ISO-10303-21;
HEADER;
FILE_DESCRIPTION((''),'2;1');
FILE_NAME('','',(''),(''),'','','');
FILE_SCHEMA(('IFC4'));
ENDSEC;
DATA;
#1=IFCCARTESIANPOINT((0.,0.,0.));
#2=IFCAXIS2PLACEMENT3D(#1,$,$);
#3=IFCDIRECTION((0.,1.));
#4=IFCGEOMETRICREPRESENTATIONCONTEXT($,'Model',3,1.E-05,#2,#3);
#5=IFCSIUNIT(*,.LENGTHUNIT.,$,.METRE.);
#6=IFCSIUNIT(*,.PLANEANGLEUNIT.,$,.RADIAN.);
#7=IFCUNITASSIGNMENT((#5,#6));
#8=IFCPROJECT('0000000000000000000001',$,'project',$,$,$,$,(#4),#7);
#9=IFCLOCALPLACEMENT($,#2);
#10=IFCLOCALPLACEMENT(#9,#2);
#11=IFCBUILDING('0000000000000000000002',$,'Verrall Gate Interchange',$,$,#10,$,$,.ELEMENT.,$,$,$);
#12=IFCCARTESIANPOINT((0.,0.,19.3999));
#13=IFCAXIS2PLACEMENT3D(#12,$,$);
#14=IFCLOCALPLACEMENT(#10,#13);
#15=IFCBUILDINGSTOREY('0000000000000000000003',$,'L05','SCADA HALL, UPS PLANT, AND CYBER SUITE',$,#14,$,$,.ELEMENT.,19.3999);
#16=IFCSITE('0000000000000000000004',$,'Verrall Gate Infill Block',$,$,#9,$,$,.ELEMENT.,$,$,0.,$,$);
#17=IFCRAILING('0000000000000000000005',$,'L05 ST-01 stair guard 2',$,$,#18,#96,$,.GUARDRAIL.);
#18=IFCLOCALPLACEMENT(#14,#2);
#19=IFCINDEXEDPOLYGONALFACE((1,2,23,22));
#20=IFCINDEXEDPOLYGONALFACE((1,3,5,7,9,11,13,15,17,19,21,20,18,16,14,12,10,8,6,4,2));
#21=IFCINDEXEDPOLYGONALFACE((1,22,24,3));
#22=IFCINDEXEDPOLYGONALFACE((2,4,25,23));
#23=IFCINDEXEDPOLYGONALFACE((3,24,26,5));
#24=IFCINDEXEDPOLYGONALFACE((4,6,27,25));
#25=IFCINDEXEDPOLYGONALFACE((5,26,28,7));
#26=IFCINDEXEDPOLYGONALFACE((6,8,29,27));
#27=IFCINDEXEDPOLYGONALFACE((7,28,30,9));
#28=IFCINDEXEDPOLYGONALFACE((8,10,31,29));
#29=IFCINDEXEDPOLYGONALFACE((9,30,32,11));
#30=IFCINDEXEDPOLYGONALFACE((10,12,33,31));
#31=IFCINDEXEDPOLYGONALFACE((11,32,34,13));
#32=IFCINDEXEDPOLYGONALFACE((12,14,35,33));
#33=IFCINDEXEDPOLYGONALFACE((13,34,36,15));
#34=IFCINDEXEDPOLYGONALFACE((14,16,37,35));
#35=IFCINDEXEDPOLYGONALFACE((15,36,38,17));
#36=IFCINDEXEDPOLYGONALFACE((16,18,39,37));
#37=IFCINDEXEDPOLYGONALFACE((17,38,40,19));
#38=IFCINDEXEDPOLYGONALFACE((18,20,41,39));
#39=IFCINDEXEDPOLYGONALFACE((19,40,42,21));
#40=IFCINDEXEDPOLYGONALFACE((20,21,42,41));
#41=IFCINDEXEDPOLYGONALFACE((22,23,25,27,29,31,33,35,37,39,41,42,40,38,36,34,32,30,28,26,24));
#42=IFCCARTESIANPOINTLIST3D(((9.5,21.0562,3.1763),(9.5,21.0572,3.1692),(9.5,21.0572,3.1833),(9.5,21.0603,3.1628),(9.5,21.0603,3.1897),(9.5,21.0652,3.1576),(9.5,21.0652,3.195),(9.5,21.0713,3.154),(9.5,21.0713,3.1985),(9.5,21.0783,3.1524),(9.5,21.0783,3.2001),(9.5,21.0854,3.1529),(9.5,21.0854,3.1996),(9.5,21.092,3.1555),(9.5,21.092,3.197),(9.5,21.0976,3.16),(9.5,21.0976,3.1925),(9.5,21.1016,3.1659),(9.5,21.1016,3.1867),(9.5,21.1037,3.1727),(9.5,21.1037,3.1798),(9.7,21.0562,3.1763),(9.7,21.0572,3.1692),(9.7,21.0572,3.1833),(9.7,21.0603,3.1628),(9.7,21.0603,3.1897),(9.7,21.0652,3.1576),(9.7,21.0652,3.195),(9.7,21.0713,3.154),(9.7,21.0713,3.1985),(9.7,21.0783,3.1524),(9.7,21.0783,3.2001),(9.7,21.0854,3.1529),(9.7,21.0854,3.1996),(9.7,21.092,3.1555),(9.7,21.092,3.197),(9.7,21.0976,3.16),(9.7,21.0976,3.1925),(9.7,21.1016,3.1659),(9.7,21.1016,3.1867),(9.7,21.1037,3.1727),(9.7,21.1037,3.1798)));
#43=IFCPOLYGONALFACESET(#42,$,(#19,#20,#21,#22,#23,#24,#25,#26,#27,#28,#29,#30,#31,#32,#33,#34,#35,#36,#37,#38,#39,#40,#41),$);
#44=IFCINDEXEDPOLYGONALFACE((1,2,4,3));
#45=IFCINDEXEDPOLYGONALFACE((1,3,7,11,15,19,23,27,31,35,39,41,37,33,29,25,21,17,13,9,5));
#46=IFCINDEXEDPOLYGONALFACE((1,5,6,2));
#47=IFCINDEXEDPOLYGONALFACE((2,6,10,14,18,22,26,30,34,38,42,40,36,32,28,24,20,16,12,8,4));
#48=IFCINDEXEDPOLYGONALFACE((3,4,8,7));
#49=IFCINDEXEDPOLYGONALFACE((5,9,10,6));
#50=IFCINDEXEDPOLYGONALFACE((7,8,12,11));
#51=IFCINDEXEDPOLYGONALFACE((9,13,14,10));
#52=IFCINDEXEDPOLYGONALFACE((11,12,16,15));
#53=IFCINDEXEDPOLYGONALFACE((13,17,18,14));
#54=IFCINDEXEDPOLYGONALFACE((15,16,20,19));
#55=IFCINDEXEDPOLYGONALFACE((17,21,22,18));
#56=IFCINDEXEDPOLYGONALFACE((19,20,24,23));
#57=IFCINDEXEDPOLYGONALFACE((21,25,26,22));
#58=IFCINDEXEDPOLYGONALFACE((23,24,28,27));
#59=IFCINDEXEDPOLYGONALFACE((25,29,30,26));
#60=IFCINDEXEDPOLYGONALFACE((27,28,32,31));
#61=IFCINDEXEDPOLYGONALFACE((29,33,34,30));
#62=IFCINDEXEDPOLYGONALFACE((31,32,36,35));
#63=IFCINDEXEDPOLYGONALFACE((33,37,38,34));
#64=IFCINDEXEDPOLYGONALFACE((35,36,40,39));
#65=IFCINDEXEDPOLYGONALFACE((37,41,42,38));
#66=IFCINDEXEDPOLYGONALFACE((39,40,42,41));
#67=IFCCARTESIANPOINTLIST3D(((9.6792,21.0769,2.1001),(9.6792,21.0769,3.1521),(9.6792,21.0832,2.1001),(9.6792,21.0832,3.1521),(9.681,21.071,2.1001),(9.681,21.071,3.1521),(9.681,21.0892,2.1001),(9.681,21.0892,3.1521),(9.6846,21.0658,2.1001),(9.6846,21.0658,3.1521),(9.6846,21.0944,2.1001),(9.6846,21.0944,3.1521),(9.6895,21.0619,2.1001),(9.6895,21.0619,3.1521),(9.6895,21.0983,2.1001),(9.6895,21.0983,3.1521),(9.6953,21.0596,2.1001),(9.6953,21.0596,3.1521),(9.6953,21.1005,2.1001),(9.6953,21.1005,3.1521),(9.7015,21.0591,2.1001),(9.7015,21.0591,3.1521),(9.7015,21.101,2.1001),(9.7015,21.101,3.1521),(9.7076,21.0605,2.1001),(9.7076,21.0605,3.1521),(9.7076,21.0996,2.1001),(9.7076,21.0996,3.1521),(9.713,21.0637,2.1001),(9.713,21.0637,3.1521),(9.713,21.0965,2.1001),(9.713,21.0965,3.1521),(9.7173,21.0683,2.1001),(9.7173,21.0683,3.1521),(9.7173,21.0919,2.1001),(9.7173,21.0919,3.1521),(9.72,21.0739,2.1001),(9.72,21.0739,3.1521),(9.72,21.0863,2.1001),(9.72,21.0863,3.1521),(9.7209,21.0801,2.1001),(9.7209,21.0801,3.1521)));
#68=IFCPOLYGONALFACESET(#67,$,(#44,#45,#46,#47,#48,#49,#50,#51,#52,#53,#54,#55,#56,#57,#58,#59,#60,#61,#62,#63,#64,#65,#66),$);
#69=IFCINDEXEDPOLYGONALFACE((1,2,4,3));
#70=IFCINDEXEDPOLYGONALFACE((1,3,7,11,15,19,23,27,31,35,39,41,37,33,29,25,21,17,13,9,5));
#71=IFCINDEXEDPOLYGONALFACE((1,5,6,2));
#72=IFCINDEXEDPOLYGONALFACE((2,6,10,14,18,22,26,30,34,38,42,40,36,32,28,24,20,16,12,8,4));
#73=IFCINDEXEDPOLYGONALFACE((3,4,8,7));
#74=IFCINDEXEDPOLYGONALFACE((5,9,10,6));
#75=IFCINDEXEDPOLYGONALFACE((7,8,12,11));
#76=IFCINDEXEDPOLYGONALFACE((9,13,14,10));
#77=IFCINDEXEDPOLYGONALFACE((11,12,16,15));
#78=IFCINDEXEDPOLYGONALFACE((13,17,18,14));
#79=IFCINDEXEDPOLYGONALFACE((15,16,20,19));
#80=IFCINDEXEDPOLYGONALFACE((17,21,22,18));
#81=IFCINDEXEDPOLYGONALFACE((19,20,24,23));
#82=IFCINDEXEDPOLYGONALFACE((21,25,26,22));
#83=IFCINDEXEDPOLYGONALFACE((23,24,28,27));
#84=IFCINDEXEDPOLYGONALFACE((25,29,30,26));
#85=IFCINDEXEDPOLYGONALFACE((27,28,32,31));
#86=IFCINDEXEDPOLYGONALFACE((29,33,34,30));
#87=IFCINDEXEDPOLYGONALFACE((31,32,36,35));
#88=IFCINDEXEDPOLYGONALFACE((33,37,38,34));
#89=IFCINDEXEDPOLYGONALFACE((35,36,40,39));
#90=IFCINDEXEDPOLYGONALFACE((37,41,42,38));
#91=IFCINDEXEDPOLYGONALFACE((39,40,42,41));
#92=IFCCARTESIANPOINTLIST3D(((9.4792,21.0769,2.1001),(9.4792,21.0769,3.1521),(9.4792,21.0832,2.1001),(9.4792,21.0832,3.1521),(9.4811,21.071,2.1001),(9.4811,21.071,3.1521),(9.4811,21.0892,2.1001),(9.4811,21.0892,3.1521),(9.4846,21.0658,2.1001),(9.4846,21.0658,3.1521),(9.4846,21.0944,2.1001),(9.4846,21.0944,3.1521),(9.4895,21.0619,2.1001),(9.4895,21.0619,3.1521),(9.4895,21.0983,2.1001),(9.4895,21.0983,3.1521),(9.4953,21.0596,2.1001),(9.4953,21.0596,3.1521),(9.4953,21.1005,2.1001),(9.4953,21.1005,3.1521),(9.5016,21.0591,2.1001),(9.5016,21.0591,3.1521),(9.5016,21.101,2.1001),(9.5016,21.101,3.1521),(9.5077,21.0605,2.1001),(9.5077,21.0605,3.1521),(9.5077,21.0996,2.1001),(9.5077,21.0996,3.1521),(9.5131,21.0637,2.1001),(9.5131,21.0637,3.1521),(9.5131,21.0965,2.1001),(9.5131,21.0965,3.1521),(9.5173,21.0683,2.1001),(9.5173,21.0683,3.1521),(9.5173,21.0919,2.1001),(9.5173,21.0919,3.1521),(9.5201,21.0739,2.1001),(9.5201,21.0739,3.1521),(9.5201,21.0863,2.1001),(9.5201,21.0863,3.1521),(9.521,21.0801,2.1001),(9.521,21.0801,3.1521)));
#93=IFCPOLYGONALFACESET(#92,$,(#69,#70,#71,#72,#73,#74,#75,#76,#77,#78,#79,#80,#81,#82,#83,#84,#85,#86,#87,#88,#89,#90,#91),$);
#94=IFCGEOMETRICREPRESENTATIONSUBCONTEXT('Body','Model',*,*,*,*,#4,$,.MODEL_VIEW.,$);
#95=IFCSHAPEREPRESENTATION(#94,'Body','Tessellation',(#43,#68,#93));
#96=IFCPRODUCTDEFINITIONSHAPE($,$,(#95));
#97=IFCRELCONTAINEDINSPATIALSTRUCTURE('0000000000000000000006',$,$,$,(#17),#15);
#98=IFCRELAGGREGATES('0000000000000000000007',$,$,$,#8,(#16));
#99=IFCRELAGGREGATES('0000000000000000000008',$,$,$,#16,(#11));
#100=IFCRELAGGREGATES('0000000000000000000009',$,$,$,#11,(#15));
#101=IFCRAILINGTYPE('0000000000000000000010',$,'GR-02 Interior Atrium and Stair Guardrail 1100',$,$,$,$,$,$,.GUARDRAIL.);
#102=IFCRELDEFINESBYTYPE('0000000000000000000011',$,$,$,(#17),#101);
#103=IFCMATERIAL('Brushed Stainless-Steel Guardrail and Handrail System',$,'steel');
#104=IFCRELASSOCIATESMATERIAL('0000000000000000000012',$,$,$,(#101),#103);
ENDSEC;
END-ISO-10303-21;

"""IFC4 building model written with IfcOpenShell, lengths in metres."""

from ifc_helpers import new_model, si_unit, direction, frame, origin, origin_2d, place, context, subcontext, project, spatial, circle, extrude, material, type_object, element, save


model = new_model("IFC4")

# Units and contexts
model_context = context("Model", 3, precision=1e-05, world=origin(), true_north=direction((0.0, 1.0)))
body_context = subcontext(model_context, "Body", "Model", "MODEL_VIEW")
ifc_project = project(units=[si_unit("LENGTHUNIT", "METRE"), si_unit("PLANEANGLEUNIT", "RADIAN")], contexts=[model_context])

# Site, building, storey
site_placement = place(None, origin())
site = spatial("IfcSite", under=ifc_project, at=site_placement, Name="Verrall Gate Infill Block", CompositionType="ELEMENT", RefElevation=0.0)
building_placement = place(site_placement, origin())
building = spatial("IfcBuilding", under=site, at=building_placement, Name="Verrall Gate Interchange", CompositionType="ELEMENT")
storey_placement = place(building_placement, frame((0.0, 0.0, 19.3999)))
storey = spatial("IfcBuildingStorey", under=building, at=storey_placement, Name="L05", Description="SCADA HALL, UPS PLANT, AND CYBER SUITE", CompositionType="ELEMENT", Elevation=19.3999)

# Railing
ifc_material_1 = material(Name="Brushed Stainless-Steel Guardrail and Handrail System", Category="steel")
railing_type_1 = type_object("IfcRailingType", Name="GR-02 Interior Atrium and Stair Guardrail 1100", PredefinedType="GUARDRAIL", material=ifc_material_1)
railing_1_placement = place(storey_placement, frame((9.7, 21.0801, 2.1001)))
element("IfcRailing", 1, at=railing_1_placement, inside=storey, type_object=railing_type_1, Name="L05 ST-01 stair guard 2", PredefinedType="GUARDRAIL", context=body_context, shape_type="SweptSolid", body=[
    extrude(circle(Radius=0.0239, at=origin_2d()), frame((0.0, 0.0, 1.0762), z_axis=(-1.0, 0.0, 0.0), x_axis=(0.0, -1.0, 0.0)), (0.0, 0.0, 1.0), 0.2),
    extrude(circle(Radius=0.021, at=origin_2d()), origin(), (0.0, 0.0, 1.0), 1.052),
    extrude(circle(Radius=0.021, at=origin_2d()), frame((-0.2, 0.0, 0.0)), (0.0, 0.0, 1.0), 1.052),
])

save(model, "model.ifc")
